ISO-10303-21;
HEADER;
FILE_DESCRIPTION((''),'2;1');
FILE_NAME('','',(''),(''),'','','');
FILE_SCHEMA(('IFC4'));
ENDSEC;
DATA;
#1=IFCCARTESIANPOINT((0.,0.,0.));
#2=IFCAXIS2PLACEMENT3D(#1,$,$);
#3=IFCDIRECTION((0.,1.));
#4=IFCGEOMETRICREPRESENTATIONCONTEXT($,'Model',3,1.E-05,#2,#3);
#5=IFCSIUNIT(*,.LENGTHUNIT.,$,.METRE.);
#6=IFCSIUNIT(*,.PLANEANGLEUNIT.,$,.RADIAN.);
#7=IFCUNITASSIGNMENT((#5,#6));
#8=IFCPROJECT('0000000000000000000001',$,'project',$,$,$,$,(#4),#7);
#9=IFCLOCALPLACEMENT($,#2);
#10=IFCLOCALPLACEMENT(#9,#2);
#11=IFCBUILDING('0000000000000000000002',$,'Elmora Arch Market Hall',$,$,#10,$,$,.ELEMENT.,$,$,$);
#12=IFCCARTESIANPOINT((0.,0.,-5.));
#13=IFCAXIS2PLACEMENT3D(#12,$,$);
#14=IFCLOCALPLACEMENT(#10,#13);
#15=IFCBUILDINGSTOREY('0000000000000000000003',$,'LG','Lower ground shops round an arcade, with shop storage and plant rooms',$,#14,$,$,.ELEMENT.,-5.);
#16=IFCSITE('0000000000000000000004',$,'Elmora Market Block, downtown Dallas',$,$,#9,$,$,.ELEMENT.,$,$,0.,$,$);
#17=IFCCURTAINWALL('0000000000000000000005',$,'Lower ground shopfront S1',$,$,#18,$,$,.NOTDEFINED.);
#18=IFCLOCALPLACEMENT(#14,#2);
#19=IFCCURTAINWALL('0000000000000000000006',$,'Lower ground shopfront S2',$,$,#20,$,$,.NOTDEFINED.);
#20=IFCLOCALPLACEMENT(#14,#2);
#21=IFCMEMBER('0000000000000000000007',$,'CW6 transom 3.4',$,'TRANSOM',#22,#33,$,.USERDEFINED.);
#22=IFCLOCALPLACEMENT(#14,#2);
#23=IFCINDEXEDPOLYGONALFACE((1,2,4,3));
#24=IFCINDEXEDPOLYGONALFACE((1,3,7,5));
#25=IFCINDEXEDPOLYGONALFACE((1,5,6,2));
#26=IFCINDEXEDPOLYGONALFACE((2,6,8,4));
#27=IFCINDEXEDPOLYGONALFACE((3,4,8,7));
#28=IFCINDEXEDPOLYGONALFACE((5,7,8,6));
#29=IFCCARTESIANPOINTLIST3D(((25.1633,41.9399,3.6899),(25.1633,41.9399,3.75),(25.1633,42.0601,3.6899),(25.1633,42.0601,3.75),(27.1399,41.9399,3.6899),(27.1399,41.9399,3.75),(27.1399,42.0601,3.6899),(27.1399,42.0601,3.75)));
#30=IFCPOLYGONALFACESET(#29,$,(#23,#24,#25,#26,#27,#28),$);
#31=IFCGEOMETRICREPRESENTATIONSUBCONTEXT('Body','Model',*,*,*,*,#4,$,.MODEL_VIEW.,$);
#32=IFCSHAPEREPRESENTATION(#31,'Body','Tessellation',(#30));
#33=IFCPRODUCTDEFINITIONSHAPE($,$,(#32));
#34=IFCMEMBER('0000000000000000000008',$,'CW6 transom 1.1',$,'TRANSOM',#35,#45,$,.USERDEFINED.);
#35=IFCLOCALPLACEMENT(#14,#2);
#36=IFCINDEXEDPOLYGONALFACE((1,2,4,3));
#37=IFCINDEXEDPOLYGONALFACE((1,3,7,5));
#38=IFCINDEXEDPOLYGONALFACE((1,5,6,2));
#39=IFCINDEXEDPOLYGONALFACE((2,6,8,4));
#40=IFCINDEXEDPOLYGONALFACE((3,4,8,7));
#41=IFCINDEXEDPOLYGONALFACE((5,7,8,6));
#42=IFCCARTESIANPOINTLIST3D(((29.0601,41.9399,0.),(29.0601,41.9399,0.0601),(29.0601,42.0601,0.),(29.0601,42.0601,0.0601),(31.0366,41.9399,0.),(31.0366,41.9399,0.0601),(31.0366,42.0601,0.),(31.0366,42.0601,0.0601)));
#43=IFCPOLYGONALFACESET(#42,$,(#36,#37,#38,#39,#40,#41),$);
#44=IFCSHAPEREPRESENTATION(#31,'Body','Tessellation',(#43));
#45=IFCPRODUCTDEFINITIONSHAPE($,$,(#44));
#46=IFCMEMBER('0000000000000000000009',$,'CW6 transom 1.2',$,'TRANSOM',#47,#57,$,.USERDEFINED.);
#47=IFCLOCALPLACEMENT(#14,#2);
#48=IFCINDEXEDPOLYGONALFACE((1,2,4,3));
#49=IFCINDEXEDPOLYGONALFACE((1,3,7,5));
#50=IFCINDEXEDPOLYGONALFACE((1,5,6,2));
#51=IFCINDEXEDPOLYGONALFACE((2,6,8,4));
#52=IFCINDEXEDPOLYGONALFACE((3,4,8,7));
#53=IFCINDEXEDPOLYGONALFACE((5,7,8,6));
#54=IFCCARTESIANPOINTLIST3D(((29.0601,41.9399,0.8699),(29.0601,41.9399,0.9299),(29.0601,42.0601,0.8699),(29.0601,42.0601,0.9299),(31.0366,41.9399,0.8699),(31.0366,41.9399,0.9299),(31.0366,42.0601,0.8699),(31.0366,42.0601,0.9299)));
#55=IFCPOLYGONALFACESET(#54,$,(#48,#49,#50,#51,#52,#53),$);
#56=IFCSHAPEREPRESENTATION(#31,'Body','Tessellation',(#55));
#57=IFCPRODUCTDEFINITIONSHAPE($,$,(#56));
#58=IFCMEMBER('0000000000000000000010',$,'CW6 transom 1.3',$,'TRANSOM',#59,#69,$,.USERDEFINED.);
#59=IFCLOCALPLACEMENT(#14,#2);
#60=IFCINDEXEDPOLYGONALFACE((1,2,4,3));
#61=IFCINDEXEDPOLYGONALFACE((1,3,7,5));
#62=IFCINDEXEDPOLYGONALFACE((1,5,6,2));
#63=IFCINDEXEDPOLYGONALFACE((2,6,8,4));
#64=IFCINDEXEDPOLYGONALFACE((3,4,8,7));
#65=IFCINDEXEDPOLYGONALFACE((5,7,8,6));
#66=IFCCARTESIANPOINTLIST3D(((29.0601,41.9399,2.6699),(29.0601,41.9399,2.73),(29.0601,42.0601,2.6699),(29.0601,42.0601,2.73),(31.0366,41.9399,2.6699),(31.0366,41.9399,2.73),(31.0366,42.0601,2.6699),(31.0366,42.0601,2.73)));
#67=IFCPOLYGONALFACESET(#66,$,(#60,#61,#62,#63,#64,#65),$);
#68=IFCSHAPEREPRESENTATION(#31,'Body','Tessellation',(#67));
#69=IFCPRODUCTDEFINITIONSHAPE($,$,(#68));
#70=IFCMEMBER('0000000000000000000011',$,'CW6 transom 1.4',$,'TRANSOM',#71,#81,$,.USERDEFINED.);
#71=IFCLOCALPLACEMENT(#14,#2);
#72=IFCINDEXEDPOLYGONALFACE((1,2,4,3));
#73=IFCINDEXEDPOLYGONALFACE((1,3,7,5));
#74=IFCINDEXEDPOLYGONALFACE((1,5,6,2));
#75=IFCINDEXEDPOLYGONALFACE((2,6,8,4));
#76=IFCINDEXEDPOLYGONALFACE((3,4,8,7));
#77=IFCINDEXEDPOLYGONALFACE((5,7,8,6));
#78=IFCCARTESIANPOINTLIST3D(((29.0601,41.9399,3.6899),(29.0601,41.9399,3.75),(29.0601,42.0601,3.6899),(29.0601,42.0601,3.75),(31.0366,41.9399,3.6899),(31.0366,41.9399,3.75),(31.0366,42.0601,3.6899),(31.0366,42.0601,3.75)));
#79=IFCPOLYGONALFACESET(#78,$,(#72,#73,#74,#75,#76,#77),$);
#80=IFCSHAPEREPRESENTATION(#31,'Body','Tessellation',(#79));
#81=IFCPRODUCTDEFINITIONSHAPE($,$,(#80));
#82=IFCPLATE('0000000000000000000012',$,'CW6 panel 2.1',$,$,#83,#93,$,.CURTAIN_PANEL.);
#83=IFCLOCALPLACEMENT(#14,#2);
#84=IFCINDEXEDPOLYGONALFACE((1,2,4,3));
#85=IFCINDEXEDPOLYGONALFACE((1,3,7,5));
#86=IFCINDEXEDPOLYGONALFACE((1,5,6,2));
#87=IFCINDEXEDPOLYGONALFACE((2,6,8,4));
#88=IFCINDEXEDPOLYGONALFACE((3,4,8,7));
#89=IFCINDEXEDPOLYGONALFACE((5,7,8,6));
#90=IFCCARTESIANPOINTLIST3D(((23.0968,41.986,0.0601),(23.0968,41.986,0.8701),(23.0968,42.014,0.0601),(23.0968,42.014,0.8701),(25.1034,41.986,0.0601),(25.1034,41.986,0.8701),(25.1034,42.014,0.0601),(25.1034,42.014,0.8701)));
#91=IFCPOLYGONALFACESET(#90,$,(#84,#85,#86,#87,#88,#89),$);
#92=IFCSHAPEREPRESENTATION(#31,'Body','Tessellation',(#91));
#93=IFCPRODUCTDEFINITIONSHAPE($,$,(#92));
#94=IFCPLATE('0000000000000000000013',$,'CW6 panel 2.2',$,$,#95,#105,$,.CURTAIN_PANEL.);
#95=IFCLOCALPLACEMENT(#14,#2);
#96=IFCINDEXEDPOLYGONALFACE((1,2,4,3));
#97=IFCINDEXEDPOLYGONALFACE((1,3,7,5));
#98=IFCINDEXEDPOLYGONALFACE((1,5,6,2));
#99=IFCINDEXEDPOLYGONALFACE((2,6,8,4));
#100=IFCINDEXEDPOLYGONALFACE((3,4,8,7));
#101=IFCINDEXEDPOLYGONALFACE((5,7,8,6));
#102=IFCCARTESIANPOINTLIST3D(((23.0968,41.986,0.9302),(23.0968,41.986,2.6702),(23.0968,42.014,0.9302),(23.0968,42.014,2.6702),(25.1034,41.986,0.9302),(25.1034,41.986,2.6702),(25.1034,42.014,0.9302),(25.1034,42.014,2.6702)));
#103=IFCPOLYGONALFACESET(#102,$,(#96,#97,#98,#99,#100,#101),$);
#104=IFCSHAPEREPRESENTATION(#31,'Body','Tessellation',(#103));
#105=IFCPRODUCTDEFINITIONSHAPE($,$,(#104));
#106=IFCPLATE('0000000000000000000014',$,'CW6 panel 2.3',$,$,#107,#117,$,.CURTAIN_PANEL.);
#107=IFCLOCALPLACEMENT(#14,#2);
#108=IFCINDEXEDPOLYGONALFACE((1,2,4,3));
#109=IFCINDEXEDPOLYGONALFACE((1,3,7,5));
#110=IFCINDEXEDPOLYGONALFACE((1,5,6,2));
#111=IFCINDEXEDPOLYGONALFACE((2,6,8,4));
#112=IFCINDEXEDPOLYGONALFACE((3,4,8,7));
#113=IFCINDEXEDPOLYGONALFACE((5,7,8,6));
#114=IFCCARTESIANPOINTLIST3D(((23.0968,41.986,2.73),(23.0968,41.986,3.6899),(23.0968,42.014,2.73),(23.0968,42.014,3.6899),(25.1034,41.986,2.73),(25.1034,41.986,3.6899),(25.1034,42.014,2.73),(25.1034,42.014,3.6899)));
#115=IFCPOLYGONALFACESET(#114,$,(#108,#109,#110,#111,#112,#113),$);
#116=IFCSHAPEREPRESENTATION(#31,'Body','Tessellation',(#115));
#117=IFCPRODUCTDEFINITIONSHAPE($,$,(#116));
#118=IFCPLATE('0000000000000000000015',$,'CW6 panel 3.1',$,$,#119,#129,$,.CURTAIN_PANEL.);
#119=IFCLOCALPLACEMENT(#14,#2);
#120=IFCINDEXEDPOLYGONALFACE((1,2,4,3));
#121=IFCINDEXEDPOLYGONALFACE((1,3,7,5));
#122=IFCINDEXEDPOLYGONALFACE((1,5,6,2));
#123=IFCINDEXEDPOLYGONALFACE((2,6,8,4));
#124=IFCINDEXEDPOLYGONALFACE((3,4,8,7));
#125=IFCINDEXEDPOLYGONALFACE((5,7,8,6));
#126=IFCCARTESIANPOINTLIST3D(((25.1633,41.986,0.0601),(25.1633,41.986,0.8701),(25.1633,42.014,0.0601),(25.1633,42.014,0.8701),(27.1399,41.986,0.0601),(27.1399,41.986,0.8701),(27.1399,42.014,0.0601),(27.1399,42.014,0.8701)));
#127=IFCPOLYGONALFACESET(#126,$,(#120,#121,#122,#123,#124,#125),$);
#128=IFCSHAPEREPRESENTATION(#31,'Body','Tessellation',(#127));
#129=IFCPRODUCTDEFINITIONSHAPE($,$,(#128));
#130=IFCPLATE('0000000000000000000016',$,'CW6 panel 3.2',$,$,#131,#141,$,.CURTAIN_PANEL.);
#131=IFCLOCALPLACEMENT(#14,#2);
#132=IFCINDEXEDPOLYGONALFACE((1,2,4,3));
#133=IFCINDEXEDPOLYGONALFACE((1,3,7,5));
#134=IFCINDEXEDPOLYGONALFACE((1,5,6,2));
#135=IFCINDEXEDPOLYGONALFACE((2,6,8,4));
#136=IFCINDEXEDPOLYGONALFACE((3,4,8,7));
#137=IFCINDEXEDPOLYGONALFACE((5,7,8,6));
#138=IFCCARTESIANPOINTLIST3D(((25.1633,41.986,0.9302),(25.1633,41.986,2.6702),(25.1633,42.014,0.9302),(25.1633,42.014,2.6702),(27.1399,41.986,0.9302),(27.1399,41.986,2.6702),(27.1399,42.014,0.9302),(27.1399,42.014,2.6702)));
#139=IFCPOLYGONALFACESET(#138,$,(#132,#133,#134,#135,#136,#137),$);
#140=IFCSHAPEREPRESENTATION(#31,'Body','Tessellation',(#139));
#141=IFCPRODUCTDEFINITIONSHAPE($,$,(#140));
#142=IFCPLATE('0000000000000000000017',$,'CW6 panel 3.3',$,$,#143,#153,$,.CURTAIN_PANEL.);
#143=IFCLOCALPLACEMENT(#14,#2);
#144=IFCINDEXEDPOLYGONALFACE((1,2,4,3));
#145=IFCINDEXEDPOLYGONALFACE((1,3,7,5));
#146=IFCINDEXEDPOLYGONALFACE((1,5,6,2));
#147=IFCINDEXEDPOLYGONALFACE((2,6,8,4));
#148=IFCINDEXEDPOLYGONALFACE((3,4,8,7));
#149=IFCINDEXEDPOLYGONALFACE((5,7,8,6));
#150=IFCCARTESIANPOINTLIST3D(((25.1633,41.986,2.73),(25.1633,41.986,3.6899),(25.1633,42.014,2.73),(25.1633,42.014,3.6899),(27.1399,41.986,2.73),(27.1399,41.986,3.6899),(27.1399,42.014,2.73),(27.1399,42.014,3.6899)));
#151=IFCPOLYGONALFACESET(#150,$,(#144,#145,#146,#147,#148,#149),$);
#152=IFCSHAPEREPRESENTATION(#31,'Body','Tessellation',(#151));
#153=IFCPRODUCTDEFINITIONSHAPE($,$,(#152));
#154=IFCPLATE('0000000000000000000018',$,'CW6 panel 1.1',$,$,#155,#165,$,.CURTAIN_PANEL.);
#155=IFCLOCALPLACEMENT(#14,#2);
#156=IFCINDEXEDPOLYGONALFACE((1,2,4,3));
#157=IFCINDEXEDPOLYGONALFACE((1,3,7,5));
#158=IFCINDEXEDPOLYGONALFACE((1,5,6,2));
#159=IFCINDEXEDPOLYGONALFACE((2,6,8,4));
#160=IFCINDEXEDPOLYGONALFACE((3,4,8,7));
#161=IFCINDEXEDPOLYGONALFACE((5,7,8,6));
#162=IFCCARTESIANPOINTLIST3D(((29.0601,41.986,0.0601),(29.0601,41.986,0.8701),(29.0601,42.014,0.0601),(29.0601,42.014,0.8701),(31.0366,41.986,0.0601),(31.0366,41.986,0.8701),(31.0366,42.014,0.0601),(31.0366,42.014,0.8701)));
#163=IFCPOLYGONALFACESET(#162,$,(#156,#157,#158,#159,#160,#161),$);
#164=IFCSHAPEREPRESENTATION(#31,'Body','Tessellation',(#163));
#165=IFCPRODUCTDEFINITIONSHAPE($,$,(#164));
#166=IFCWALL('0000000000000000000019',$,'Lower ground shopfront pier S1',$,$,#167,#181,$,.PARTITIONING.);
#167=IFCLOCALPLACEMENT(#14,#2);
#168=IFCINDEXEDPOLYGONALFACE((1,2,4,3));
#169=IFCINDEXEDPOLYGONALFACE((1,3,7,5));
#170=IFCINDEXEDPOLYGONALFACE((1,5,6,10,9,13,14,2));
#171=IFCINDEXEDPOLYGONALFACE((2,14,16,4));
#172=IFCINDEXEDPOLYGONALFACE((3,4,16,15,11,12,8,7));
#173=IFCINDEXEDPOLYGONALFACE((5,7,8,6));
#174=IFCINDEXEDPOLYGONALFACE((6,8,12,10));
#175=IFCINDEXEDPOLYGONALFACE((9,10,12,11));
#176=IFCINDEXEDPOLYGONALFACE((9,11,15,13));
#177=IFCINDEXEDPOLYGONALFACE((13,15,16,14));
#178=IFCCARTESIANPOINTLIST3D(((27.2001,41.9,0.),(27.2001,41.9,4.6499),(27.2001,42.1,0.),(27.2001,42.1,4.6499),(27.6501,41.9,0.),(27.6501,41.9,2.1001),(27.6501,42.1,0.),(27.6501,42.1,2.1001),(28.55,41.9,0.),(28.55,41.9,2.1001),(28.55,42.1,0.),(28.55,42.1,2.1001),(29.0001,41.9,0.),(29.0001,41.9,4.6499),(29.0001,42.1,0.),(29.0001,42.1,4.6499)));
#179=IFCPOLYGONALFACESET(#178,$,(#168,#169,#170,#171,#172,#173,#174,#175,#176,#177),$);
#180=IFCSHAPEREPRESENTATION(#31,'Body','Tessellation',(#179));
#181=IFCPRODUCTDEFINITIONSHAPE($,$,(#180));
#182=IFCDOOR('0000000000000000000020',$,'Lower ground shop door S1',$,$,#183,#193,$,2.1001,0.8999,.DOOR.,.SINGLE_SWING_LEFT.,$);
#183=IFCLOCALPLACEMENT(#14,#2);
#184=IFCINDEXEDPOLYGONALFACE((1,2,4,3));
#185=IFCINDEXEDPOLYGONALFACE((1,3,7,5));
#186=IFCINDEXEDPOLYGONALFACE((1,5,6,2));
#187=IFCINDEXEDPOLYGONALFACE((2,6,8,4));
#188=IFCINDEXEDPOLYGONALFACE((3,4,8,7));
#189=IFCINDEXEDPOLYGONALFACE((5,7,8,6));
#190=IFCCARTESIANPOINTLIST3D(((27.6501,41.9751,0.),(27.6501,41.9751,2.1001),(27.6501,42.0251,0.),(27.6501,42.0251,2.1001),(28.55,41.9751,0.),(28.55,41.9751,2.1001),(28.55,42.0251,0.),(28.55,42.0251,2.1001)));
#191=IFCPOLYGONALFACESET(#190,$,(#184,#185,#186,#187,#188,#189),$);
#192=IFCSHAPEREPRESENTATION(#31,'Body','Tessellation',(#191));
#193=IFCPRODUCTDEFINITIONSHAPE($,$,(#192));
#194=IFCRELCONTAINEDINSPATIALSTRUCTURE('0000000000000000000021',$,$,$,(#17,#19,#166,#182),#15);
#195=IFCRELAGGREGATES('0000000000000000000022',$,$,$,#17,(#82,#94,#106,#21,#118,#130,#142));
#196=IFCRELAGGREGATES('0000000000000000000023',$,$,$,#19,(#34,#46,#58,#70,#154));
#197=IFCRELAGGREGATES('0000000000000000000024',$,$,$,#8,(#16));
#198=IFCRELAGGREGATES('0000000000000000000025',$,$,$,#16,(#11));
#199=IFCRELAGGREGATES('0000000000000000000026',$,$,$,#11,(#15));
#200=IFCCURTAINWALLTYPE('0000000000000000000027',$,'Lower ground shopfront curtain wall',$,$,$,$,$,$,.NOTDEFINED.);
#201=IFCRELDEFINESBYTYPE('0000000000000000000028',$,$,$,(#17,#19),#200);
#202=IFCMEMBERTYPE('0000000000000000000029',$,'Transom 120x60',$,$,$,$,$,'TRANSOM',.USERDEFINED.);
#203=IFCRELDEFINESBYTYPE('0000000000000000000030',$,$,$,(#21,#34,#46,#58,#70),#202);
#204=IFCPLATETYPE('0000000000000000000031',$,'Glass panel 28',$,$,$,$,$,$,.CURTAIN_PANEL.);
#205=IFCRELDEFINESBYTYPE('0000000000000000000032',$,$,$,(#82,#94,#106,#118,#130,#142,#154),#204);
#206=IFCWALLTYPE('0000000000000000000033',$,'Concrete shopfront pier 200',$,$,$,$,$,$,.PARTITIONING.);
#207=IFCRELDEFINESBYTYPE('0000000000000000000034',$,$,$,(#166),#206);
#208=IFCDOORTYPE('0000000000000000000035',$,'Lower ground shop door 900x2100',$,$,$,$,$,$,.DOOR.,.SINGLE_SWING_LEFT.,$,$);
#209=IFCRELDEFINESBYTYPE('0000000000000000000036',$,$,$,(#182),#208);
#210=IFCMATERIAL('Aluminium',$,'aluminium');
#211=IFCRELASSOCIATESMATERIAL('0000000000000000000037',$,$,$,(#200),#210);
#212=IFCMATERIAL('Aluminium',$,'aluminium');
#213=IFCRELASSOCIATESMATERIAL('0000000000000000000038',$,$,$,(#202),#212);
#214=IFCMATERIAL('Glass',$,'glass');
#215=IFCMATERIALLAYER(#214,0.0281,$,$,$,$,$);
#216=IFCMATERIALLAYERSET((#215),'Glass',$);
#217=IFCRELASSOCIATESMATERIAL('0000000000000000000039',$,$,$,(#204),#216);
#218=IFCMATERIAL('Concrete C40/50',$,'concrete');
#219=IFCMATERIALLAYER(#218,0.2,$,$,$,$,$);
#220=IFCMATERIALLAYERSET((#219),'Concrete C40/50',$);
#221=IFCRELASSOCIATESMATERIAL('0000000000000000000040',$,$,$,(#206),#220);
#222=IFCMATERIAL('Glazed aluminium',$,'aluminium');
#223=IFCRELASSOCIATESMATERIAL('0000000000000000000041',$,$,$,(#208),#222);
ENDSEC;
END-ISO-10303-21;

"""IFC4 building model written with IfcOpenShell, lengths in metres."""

from ifc_helpers import new_model, si_unit, direction, frame, frame_2d, origin, origin_2d, place, context, subcontext, project, spatial, rectangle, extrude, material, layer, layer_set, material_profile, profile_set, type_object, element, fill, aggregate, save


model = new_model("IFC4")

# Units and contexts
model_context = context("Model", 3, precision=1e-05, world=origin(), true_north=direction((0.0, 1.0)))
body_context = subcontext(model_context, "Body", "Model", "MODEL_VIEW")
ifc_project = project(units=[si_unit("LENGTHUNIT", "METRE"), si_unit("PLANEANGLEUNIT", "RADIAN")], contexts=[model_context])

# Site, building, storey
site_placement = place(None, origin())
site = spatial("IfcSite", under=ifc_project, at=site_placement, Name="Elmora Market Block, downtown Dallas", CompositionType="ELEMENT", RefElevation=0.0)
building_placement = place(site_placement, origin())
building = spatial("IfcBuilding", under=site, at=building_placement, Name="Elmora Arch Market Hall", CompositionType="ELEMENT")
storey_placement = place(building_placement, frame((0.0, 0.0, -5.0)))
storey = spatial("IfcBuildingStorey", under=building, at=storey_placement, Name="LG", Description="Lower ground shops round an arcade, with shop storage and plant rooms", CompositionType="ELEMENT", Elevation=-5.0)

# Curtain walls
ifc_material_1 = material(Name="Aluminium", Category="aluminium")
curtain_wall_type = type_object("IfcCurtainWallType", Name="Lower ground shopfront curtain wall", PredefinedType="NOTDEFINED", material=ifc_material_1)
curtain_wall_1_placement = place(storey_placement, origin())
curtain_wall_1 = element("IfcCurtainWall", 1, at=curtain_wall_1_placement, inside=storey, type_object=curtain_wall_type, Name="Lower ground shopfront S1", PredefinedType="NOTDEFINED")
curtain_wall_2_placement = place(storey_placement, origin())
curtain_wall_2 = element("IfcCurtainWall", 2, at=curtain_wall_2_placement, inside=storey, type_object=curtain_wall_type, Name="Lower ground shopfront S2", PredefinedType="NOTDEFINED")

# Members
ifc_material_2 = material(Name="Aluminium", Category="aluminium")
ifc_material_profile_1 = material_profile(ifc_material_2, rectangle(XDim=0.1201, YDim=0.0601, at=origin_2d()), Name="AL 120x60")
ifc_profile_set_1 = profile_set([ifc_material_profile_1], Name="Aluminium")
member_type_1 = type_object("IfcMemberType", Name="Transom 120x60", ElementType="TRANSOM", PredefinedType="USERDEFINED", material=ifc_profile_set_1)
member_1_placement = place(storey_placement, frame((25.1633, 42.0, 3.72), z_axis=(1.0, 0.0, 0.0), x_axis=(0.0, 1.0, 0.0)))
member_1 = element("IfcMember", 3, at=member_1_placement, type_object=member_type_1, Name="CW6 transom 3.4", ObjectType="TRANSOM", PredefinedType="USERDEFINED", context=body_context, shape_type="SweptSolid", body=[
    extrude(rectangle(XDim=0.1201, YDim=0.0601, at=origin_2d()), origin(), (0.0, 0.0, 1.0), 1.9766),
])
member_2_placement = place(storey_placement, frame((29.0601, 42.0, 0.03), z_axis=(1.0, 0.0, 0.0), x_axis=(0.0, 1.0, 0.0)))
member_2 = element("IfcMember", 4, at=member_2_placement, type_object=member_type_1, Name="CW6 transom 1.1", ObjectType="TRANSOM", PredefinedType="USERDEFINED", context=body_context, shape_type="SweptSolid", body=[
    extrude(rectangle(XDim=0.1201, YDim=0.0601, at=origin_2d()), origin(), (0.0, 0.0, 1.0), 1.9766),
])
member_3_placement = place(storey_placement, frame((29.0601, 42.0, 0.8999), z_axis=(1.0, 0.0, 0.0), x_axis=(0.0, 1.0, 0.0)))
member_3 = element("IfcMember", 5, at=member_3_placement, type_object=member_type_1, Name="CW6 transom 1.2", ObjectType="TRANSOM", PredefinedType="USERDEFINED", context=body_context, shape_type="SweptSolid", body=[
    extrude(rectangle(XDim=0.1201, YDim=0.0601, at=origin_2d()), origin(), (0.0, 0.0, 1.0), 1.9766),
])
member_4_placement = place(storey_placement, frame((29.0601, 42.0, 2.7), z_axis=(1.0, 0.0, 0.0), x_axis=(0.0, 1.0, 0.0)))
member_4 = element("IfcMember", 6, at=member_4_placement, type_object=member_type_1, Name="CW6 transom 1.3", ObjectType="TRANSOM", PredefinedType="USERDEFINED", context=body_context, shape_type="SweptSolid", body=[
    extrude(rectangle(XDim=0.1201, YDim=0.0601, at=origin_2d()), origin(), (0.0, 0.0, 1.0), 1.9766),
])
member_5_placement = place(storey_placement, frame((29.0601, 42.0, 3.72), z_axis=(1.0, 0.0, 0.0), x_axis=(0.0, 1.0, 0.0)))
member_5 = element("IfcMember", 7, at=member_5_placement, type_object=member_type_1, Name="CW6 transom 1.4", ObjectType="TRANSOM", PredefinedType="USERDEFINED", context=body_context, shape_type="SweptSolid", body=[
    extrude(rectangle(XDim=0.1201, YDim=0.0601, at=origin_2d()), origin(), (0.0, 0.0, 1.0), 1.9766),
])

# Plates
ifc_material_3 = material(Name="Glass", Category="glass")
ifc_layer_1 = layer(ifc_material_3, 0.0281)
ifc_layer_set_1 = layer_set([ifc_layer_1], Name="Glass")
plate_type = type_object("IfcPlateType", Name="Glass panel 28", PredefinedType="CURTAIN_PANEL", material=ifc_layer_set_1)
plate_1_placement = place(storey_placement, frame((24.1001, 42.0, 0.0601), z_axis=(0.0, 0.0, 1.0), x_axis=(1.0, 0.0, 0.0)))
plate_1 = element("IfcPlate", 8, at=plate_1_placement, type_object=plate_type, Name="CW6 panel 2.1", PredefinedType="CURTAIN_PANEL", context=body_context, shape_type="SweptSolid", body=[
    extrude(rectangle(XDim=2.0066, YDim=0.0281, at=origin_2d()), origin(), (0.0, 0.0, 1.0), 0.8101),
])
plate_2_placement = place(storey_placement, frame((24.1001, 42.0, 0.9302), z_axis=(0.0, 0.0, 1.0), x_axis=(1.0, 0.0, 0.0)))
plate_2 = element("IfcPlate", 9, at=plate_2_placement, type_object=plate_type, Name="CW6 panel 2.2", PredefinedType="CURTAIN_PANEL", context=body_context, shape_type="SweptSolid", body=[
    extrude(rectangle(XDim=2.0066, YDim=0.0281, at=origin_2d()), origin(), (0.0, 0.0, 1.0), 1.74),
])
plate_3_placement = place(storey_placement, frame((24.1001, 42.0, 2.73), z_axis=(0.0, 0.0, 1.0), x_axis=(1.0, 0.0, 0.0)))
plate_3 = element("IfcPlate", 10, at=plate_3_placement, type_object=plate_type, Name="CW6 panel 2.3", PredefinedType="CURTAIN_PANEL", context=body_context, shape_type="SweptSolid", body=[
    extrude(rectangle(XDim=2.0066, YDim=0.0281, at=origin_2d()), origin(), (0.0, 0.0, 1.0), 0.96),
])
plate_4_placement = place(storey_placement, frame((26.1516, 42.0, 0.0601), z_axis=(0.0, 0.0, 1.0), x_axis=(1.0, 0.0, 0.0)))
plate_4 = element("IfcPlate", 11, at=plate_4_placement, type_object=plate_type, Name="CW6 panel 3.1", PredefinedType="CURTAIN_PANEL", context=body_context, shape_type="SweptSolid", body=[
    extrude(rectangle(XDim=1.9766, YDim=0.0281, at=origin_2d()), origin(), (0.0, 0.0, 1.0), 0.8101),
])
plate_5_placement = place(storey_placement, frame((26.1516, 42.0, 0.9302), z_axis=(0.0, 0.0, 1.0), x_axis=(1.0, 0.0, 0.0)))
plate_5 = element("IfcPlate", 12, at=plate_5_placement, type_object=plate_type, Name="CW6 panel 3.2", PredefinedType="CURTAIN_PANEL", context=body_context, shape_type="SweptSolid", body=[
    extrude(rectangle(XDim=1.9766, YDim=0.0281, at=origin_2d()), origin(), (0.0, 0.0, 1.0), 1.74),
])
plate_6_placement = place(storey_placement, frame((26.1516, 42.0, 2.73), z_axis=(0.0, 0.0, 1.0), x_axis=(1.0, 0.0, 0.0)))
plate_6 = element("IfcPlate", 13, at=plate_6_placement, type_object=plate_type, Name="CW6 panel 3.3", PredefinedType="CURTAIN_PANEL", context=body_context, shape_type="SweptSolid", body=[
    extrude(rectangle(XDim=1.9766, YDim=0.0281, at=origin_2d()), origin(), (0.0, 0.0, 1.0), 0.96),
])
aggregate(curtain_wall_1, [plate_1, plate_2, plate_3, member_1, plate_4, plate_5, plate_6])
plate_7_placement = place(storey_placement, frame((30.0483, 42.0, 0.0601), z_axis=(0.0, 0.0, 1.0), x_axis=(1.0, 0.0, 0.0)))
plate_7 = element("IfcPlate", 14, at=plate_7_placement, type_object=plate_type, Name="CW6 panel 1.1", PredefinedType="CURTAIN_PANEL", context=body_context, shape_type="SweptSolid", body=[
    extrude(rectangle(XDim=1.9766, YDim=0.0281, at=origin_2d()), origin(), (0.0, 0.0, 1.0), 0.8101),
])
aggregate(curtain_wall_2, [member_2, member_3, member_4, member_5, plate_7])

# Wall, opening, door
ifc_material_4 = material(Name="Concrete C40/50", Category="concrete")
ifc_layer_2 = layer(ifc_material_4, 0.2)
ifc_layer_set_2 = layer_set([ifc_layer_2], Name="Concrete C40/50")
wall_type = type_object("IfcWallType", Name="Concrete shopfront pier 200", PredefinedType="PARTITIONING", material=ifc_layer_set_2)
wall_placement = place(storey_placement, frame((29.0, 42.0, 0.0), z_axis=(0.0, 0.0, 1.0), x_axis=(-1.0, 0.0, 0.0)))
wall = element("IfcWall", 15, at=wall_placement, inside=storey, type_object=wall_type, Name="Lower ground shopfront pier S1", PredefinedType="PARTITIONING", context=body_context, shape_type="SweptSolid", body=[
    extrude(rectangle(XDim=1.8, YDim=0.2, at=frame_2d((0.8999, 0.0))), origin(), (0.0, 0.0, 1.0), 4.6499),
])
opening_placement = place(wall_placement, frame((0.45, 0.0, 0.0)))
opening = element("IfcOpeningElement", 16, at=opening_placement, cuts=wall, PredefinedType="OPENING", context=body_context, shape_type="SweptSolid", body=[
    extrude(rectangle(XDim=0.8999, YDim=2.1001, at=frame_2d((0.45, 1.05))), frame((0.0, 0.1099, 0.0), z_axis=(0.0, -1.0, 0.0), x_axis=(1.0, 0.0, 0.0)), (0.0, 0.0, 1.0), 0.22),
])
ifc_material_5 = material(Name="Glazed aluminium", Category="aluminium")
door_type = type_object("IfcDoorType", Name="Lower ground shop door 900x2100", OperationType="SINGLE_SWING_LEFT", PredefinedType="DOOR", material=ifc_material_5)
door_placement = place(opening_placement, origin())
door = element("IfcDoor", 17, at=door_placement, inside=storey, type_object=door_type, Name="Lower ground shop door S1", OperationType="SINGLE_SWING_LEFT", OverallHeight=2.1001, OverallWidth=0.8999, PredefinedType="DOOR", context=body_context, shape_type="SweptSolid", body=[
    extrude(rectangle(XDim=0.8999, YDim=2.1001, at=frame_2d((0.45, 1.05))), frame((0.0, 0.0249, 0.0), z_axis=(0.0, -1.0, 0.0), x_axis=(1.0, 0.0, 0.0)), (0.0, 0.0, 1.0), 0.05),
])
fill(opening, door)

save(model, "model.ifc")
